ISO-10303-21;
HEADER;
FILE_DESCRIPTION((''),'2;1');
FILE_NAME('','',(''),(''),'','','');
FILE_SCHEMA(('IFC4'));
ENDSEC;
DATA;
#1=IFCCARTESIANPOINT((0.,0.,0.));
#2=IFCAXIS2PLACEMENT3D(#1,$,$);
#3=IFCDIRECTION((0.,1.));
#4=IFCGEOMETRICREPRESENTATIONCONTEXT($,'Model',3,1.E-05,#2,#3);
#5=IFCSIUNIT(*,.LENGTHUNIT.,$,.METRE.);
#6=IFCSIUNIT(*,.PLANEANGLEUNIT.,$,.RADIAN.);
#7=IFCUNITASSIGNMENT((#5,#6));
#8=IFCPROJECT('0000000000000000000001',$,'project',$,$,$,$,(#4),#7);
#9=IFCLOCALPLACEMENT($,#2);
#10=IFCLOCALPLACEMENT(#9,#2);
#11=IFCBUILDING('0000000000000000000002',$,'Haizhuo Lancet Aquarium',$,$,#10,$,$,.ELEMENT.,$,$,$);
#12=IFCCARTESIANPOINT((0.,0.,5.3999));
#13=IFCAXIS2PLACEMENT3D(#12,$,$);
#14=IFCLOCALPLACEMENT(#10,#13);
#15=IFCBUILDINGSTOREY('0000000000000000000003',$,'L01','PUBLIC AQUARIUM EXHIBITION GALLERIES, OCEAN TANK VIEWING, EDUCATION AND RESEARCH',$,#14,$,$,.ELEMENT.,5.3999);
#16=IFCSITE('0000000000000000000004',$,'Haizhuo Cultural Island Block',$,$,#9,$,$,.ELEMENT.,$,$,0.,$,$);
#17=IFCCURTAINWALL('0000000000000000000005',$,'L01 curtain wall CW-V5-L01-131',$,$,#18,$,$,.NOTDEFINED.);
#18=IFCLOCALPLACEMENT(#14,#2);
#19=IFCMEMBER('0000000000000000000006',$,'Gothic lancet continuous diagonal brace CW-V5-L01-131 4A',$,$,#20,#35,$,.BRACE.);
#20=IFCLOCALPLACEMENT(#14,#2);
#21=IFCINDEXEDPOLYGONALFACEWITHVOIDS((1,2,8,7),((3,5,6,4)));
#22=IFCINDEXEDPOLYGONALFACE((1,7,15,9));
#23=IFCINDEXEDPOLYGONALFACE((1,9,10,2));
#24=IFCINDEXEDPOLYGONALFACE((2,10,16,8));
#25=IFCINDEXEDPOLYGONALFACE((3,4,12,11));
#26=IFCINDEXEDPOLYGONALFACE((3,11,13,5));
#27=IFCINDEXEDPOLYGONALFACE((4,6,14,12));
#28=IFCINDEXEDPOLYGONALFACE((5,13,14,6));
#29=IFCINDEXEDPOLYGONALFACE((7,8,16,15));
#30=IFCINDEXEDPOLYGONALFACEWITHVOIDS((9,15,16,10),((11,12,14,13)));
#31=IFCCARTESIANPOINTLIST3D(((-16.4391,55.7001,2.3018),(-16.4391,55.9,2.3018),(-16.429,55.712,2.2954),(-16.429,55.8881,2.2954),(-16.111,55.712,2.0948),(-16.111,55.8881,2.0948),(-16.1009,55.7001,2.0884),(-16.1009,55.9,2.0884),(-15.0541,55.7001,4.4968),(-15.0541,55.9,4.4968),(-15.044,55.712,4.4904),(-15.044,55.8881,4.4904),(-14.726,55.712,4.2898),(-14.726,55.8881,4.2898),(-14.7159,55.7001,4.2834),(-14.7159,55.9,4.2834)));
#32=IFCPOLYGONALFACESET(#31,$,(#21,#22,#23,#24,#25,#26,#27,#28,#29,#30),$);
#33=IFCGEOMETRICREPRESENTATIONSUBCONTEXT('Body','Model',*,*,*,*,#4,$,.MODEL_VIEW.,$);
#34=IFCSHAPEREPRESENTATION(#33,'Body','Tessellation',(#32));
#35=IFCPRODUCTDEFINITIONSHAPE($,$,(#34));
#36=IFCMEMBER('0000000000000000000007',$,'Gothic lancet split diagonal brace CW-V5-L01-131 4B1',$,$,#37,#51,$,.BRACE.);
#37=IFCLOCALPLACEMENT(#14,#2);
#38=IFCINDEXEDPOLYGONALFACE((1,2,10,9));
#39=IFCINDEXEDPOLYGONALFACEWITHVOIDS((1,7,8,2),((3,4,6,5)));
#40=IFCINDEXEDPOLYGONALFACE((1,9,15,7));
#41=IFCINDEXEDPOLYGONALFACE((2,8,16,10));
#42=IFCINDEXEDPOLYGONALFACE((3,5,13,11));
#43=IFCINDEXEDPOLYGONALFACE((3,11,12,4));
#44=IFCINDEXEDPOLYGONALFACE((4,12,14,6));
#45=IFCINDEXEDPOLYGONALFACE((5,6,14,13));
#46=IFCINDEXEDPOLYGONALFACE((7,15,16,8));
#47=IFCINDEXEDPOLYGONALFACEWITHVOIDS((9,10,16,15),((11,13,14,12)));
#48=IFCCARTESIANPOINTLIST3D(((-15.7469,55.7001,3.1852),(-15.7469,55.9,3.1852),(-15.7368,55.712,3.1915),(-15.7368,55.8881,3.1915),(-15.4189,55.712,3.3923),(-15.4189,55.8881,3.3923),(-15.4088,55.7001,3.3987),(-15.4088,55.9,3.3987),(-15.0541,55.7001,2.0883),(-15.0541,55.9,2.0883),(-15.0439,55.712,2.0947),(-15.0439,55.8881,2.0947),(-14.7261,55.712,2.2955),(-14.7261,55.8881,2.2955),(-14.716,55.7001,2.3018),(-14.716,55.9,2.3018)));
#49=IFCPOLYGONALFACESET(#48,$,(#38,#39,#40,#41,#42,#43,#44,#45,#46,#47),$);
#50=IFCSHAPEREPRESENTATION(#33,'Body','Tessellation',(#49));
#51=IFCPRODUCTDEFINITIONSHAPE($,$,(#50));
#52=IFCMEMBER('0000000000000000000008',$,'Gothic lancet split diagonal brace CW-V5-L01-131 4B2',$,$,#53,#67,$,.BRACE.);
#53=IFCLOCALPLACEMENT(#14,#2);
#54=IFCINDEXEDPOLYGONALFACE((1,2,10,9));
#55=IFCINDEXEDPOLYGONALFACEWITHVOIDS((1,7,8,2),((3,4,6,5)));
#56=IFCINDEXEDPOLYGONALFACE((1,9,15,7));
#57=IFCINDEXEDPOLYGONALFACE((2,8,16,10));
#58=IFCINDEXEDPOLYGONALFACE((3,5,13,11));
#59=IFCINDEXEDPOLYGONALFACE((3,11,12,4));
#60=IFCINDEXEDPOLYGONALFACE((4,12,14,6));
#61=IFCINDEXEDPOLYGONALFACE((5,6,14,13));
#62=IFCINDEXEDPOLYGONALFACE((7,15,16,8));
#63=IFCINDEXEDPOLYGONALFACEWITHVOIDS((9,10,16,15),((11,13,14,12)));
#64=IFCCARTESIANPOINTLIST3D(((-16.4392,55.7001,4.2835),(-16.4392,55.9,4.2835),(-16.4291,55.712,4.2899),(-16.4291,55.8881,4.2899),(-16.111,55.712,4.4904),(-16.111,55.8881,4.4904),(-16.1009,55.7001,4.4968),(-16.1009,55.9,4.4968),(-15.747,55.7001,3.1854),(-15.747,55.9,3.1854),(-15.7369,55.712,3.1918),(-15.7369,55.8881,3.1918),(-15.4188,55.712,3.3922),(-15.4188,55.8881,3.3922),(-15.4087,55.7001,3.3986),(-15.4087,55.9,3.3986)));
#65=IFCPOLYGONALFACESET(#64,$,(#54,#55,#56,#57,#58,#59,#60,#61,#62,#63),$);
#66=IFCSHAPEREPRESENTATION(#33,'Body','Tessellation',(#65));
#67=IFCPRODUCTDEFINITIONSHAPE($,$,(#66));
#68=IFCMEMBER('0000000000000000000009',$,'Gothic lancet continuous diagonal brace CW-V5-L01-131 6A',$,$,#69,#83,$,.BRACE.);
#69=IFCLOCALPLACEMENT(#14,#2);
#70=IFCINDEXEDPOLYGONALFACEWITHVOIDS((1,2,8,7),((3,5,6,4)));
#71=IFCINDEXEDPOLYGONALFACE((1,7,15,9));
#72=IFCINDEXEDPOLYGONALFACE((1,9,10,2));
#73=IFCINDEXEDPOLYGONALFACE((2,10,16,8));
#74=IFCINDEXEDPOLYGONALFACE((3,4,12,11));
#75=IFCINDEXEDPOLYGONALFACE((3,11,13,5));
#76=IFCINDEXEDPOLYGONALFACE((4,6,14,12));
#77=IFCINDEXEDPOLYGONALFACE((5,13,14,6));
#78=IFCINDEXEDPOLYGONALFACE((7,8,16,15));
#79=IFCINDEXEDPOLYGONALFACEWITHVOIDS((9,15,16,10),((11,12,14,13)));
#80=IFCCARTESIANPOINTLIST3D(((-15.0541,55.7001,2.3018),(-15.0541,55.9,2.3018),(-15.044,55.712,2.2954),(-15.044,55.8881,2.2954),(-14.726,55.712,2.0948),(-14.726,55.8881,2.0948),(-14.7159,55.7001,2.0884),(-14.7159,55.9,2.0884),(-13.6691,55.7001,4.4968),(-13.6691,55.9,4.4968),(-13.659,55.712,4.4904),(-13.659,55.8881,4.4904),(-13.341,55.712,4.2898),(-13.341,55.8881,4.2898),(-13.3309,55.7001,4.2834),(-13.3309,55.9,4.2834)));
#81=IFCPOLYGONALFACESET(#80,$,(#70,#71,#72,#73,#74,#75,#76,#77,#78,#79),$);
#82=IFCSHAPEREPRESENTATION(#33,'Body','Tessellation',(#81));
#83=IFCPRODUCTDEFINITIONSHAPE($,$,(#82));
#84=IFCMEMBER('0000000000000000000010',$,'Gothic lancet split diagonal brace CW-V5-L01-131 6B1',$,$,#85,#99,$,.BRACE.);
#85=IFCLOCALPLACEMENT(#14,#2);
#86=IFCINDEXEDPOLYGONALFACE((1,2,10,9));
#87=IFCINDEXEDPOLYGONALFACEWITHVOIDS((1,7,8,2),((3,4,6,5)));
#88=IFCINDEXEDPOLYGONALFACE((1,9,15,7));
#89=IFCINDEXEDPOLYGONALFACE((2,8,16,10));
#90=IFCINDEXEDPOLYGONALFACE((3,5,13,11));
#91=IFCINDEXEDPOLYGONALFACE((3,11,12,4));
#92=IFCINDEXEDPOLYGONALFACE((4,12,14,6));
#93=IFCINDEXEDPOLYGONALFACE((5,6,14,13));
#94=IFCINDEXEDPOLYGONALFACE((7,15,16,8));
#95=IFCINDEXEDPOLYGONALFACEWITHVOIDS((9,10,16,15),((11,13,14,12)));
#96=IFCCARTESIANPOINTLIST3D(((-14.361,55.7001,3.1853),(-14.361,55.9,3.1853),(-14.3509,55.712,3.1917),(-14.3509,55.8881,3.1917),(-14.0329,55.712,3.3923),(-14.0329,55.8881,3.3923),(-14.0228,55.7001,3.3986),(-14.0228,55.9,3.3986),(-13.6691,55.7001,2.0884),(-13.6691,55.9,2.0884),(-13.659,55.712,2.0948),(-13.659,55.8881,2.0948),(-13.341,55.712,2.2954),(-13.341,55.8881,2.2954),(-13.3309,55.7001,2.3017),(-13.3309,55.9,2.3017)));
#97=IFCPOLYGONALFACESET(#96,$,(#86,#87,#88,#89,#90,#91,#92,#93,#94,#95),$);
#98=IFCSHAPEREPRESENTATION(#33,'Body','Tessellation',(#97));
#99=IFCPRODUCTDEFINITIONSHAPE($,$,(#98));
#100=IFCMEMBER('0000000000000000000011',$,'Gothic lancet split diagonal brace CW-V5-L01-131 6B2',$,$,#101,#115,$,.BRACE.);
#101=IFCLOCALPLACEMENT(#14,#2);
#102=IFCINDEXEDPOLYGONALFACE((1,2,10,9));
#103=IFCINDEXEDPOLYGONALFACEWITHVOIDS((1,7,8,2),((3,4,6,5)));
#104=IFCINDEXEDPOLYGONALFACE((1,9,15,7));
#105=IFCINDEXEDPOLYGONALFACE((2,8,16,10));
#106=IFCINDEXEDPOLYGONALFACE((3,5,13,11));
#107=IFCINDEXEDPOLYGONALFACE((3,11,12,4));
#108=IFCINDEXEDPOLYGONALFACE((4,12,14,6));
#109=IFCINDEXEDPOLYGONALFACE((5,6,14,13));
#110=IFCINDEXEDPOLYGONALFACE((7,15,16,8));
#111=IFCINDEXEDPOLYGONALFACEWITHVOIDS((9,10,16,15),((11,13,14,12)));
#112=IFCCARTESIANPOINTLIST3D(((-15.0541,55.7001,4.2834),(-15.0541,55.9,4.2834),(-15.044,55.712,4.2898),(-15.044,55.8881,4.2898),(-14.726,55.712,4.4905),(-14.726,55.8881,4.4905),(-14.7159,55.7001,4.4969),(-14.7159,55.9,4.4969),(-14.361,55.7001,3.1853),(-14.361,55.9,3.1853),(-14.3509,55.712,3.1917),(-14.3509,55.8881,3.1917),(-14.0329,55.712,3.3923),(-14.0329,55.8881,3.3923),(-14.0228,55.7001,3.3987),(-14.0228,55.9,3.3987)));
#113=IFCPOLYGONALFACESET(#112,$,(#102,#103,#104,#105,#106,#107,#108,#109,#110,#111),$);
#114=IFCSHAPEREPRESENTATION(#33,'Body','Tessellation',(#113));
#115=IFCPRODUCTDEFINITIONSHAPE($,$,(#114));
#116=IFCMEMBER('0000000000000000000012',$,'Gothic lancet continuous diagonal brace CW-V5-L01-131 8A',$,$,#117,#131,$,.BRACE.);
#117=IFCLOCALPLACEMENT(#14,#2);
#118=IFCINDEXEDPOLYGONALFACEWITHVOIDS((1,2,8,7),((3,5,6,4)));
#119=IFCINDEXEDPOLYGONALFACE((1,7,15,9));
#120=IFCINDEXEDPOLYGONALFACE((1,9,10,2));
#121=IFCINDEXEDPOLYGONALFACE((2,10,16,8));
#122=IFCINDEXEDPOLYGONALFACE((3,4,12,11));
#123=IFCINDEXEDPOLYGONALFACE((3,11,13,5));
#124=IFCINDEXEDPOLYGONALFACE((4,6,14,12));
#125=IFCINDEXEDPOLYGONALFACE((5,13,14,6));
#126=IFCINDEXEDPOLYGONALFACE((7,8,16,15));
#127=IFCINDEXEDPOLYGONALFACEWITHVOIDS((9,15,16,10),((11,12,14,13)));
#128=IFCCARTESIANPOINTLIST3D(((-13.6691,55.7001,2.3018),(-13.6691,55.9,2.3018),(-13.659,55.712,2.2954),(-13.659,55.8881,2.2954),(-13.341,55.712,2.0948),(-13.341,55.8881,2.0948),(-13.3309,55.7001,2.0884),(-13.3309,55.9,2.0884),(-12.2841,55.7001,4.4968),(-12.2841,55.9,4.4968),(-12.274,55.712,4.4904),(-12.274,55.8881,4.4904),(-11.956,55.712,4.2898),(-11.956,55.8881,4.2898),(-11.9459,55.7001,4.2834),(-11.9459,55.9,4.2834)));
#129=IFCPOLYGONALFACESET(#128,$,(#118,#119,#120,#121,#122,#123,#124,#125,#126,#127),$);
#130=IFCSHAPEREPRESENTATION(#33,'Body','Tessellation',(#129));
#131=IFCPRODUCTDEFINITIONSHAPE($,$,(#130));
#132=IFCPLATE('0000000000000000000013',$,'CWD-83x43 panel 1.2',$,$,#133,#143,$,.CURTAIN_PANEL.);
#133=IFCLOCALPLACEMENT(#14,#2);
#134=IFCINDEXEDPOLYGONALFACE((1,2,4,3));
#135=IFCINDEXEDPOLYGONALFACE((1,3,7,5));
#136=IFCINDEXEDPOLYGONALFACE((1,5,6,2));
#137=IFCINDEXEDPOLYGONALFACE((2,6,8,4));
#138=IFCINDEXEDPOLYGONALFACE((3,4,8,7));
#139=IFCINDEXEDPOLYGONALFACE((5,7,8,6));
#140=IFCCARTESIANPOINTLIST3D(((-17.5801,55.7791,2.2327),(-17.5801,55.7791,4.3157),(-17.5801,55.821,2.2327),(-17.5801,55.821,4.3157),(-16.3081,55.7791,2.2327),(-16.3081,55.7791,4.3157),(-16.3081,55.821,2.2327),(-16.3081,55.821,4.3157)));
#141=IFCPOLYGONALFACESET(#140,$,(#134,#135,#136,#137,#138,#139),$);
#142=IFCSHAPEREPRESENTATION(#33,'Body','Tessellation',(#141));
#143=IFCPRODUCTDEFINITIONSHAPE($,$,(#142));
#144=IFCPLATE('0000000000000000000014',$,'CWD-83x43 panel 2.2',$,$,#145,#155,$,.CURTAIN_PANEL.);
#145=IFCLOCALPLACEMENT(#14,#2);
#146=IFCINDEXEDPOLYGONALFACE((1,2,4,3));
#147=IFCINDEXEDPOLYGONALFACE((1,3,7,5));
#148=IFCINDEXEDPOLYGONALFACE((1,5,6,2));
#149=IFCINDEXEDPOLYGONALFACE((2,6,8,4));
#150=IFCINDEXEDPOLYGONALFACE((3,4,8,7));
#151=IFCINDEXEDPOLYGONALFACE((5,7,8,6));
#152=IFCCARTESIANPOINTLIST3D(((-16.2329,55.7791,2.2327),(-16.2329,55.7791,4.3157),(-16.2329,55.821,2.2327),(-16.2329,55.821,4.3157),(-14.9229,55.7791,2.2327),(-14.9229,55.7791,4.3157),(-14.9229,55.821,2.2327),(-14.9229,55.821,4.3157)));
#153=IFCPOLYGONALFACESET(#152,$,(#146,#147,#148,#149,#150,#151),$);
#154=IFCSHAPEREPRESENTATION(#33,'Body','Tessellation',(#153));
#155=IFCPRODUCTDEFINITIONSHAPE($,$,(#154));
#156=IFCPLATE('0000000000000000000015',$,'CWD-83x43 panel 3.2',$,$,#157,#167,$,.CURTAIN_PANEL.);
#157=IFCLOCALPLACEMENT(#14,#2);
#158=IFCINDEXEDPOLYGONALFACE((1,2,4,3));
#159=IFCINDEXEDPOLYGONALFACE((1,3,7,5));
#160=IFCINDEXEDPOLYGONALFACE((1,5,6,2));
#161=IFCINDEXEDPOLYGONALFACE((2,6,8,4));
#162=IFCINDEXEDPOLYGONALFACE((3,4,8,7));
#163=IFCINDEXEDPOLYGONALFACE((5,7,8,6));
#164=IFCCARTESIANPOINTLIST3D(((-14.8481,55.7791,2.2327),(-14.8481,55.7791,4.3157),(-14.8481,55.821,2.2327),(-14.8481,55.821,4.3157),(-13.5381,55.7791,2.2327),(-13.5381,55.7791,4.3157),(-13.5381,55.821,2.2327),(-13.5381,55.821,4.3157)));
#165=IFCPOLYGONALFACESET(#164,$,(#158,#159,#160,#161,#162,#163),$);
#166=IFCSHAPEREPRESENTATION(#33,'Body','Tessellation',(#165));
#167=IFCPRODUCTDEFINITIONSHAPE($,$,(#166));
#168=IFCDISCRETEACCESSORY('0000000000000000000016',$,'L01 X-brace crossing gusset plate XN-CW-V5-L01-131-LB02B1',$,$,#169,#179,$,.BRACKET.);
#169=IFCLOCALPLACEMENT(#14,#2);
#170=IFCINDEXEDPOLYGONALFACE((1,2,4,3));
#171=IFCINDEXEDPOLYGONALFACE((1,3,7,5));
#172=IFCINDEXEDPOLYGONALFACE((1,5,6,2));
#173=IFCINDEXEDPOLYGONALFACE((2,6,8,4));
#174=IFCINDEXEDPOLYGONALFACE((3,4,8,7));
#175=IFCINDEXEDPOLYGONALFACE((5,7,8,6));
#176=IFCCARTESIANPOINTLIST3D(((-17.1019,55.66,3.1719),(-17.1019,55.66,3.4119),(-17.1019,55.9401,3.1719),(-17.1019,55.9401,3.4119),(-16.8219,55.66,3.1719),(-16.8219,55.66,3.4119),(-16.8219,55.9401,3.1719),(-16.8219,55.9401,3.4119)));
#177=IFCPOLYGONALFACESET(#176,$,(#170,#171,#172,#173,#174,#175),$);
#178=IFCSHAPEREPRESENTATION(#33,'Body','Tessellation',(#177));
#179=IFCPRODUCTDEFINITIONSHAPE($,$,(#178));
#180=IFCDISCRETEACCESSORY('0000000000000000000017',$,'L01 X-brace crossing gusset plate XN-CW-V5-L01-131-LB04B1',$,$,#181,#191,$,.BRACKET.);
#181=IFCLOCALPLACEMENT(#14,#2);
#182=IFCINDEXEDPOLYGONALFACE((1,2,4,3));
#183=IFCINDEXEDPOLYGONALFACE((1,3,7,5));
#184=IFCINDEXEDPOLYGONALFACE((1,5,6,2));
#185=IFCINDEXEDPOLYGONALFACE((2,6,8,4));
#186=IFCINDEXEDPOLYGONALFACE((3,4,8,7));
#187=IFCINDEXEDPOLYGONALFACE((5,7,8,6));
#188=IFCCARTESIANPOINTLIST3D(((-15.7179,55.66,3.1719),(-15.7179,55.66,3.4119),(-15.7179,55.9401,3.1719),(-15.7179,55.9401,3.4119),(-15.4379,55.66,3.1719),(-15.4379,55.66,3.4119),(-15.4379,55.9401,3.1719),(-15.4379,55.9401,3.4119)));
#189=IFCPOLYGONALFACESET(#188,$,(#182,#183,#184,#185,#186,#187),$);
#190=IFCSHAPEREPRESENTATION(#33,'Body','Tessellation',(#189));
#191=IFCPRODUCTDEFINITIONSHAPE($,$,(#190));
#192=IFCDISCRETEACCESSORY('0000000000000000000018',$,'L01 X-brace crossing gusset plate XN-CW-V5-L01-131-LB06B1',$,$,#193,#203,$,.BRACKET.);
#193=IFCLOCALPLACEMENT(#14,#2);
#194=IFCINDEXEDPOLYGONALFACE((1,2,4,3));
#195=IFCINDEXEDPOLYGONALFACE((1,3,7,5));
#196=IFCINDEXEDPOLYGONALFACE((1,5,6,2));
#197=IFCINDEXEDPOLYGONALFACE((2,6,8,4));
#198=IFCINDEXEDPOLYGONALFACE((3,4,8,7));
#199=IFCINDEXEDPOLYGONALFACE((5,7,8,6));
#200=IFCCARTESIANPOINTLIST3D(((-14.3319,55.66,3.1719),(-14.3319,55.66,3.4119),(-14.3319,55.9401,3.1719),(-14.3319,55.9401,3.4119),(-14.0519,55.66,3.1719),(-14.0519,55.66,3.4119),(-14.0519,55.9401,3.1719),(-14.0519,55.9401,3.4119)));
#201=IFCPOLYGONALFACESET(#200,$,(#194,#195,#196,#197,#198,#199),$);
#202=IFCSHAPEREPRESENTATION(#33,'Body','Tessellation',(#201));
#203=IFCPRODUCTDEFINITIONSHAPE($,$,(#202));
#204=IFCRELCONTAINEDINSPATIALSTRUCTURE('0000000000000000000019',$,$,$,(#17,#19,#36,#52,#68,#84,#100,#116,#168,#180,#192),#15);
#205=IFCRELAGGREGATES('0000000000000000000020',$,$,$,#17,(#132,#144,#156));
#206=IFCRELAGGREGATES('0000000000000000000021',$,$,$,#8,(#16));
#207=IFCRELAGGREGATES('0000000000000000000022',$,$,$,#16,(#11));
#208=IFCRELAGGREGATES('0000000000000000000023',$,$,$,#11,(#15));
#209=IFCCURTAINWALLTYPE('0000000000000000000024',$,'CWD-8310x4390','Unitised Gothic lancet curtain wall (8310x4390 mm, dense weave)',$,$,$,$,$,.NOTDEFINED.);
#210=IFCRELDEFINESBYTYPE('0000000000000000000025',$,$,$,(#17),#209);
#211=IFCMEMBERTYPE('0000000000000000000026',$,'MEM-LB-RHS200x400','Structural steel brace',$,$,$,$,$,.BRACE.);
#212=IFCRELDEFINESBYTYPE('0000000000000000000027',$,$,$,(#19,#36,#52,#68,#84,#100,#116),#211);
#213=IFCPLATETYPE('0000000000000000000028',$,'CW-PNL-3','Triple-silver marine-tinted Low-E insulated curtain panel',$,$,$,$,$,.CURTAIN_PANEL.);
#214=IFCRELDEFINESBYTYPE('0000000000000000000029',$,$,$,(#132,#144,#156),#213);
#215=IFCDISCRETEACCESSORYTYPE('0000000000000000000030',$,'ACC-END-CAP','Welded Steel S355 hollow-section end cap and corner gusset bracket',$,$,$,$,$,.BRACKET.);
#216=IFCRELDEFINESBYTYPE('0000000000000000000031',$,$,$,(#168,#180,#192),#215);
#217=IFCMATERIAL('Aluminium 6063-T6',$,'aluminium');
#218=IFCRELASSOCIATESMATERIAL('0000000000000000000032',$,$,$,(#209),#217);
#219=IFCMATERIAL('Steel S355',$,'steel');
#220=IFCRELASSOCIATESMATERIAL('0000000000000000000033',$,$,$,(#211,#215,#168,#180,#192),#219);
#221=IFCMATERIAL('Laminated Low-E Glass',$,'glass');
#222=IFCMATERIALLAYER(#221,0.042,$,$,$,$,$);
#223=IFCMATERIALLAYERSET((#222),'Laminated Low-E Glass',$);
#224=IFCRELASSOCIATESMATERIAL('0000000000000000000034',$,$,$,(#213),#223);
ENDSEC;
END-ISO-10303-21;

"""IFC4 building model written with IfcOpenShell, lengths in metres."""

from ifc_helpers import new_model, si_unit, direction, frame, origin, origin_2d, place, context, subcontext, project, spatial, rectangle, hollow_rectangle, extrude, material, layer, layer_set, material_profile, profile_set, type_object, element, aggregate, save


model = new_model("IFC4")

# Units and contexts
model_context = context("Model", 3, precision=1e-05, world=origin(), true_north=direction((0.0, 1.0)))
body_context = subcontext(model_context, "Body", "Model", "MODEL_VIEW")
ifc_project = project(units=[si_unit("LENGTHUNIT", "METRE"), si_unit("PLANEANGLEUNIT", "RADIAN")], contexts=[model_context])

# Site, building, storey
site_placement = place(None, origin())
site = spatial("IfcSite", under=ifc_project, at=site_placement, Name="Haizhuo Cultural Island Block", CompositionType="ELEMENT", RefElevation=0.0)
building_placement = place(site_placement, origin())
building = spatial("IfcBuilding", under=site, at=building_placement, Name="Haizhuo Lancet Aquarium", CompositionType="ELEMENT")
storey_placement = place(building_placement, frame((0.0, 0.0, 5.3999)))
storey = spatial("IfcBuildingStorey", under=building, at=storey_placement, Name="L01", Description="PUBLIC AQUARIUM EXHIBITION GALLERIES, OCEAN TANK VIEWING, EDUCATION AND RESEARCH", CompositionType="ELEMENT", Elevation=5.3999)

# Curtain wall
ifc_material_1 = material(Name="Aluminium 6063-T6", Category="aluminium")
curtain_wall_type = type_object("IfcCurtainWallType", Name="CWD-8310x4390", Description="Unitised Gothic lancet curtain wall (8310x4390 mm, dense weave)", PredefinedType="NOTDEFINED", material=ifc_material_1)
curtain_wall_placement = place(storey_placement, origin())
curtain_wall = element("IfcCurtainWall", 1, at=curtain_wall_placement, inside=storey, type_object=curtain_wall_type, Name="L01 curtain wall CW-V5-L01-131", PredefinedType="NOTDEFINED")

# Members
ifc_material_2 = material(Name="Steel S355", Category="steel")
ifc_material_profile_1 = material_profile(ifc_material_2, hollow_rectangle(XDim=0.2, YDim=0.3999, WallThickness=0.012, at=origin_2d()), Name="RHS 200x400x12")
ifc_profile_set_1 = profile_set([ifc_material_profile_1], Name="Steel S355")
member_type_1 = type_object("IfcMemberType", Name="MEM-LB-RHS200x400", Description="Structural steel brace", PredefinedType="BRACE", material=ifc_profile_set_1)
member_1_placement = place(storey_placement, frame((-16.27, 55.8, 2.1951), z_axis=(0.533621, 0.0, 0.845724), x_axis=(0.0, 1.0, 0.0)))
element("IfcMember", 2, at=member_1_placement, inside=storey, type_object=member_type_1, Name="Gothic lancet continuous diagonal brace CW-V5-L01-131 4A", PredefinedType="BRACE", context=body_context, shape_type="SweptSolid", body=[
    extrude(hollow_rectangle(XDim=0.2, YDim=0.3999, WallThickness=0.012, at=origin_2d()), origin(), (0.0, 0.0, 1.0), 2.5955),
])
member_2_placement = place(storey_placement, frame((-14.885, 55.8, 2.1951), z_axis=(-0.534035, 0.0, 0.845462), x_axis=(0.0, -1.0, 0.0)))
element("IfcMember", 3, at=member_2_placement, inside=storey, type_object=member_type_1, Name="Gothic lancet split diagonal brace CW-V5-L01-131 4B1", PredefinedType="BRACE", context=body_context, shape_type="SweptSolid", body=[
    extrude(hollow_rectangle(XDim=0.2, YDim=0.3999, WallThickness=0.012, at=origin_2d()), origin(), (0.0, 0.0, 1.0), 1.2974),
])
member_3_placement = place(storey_placement, frame((-15.5779, 55.8, 3.292), z_axis=(-0.533207, 0.0, 0.845985), x_axis=(0.0, -1.0, 0.0)))
element("IfcMember", 4, at=member_3_placement, inside=storey, type_object=member_type_1, Name="Gothic lancet split diagonal brace CW-V5-L01-131 4B2", PredefinedType="BRACE", context=body_context, shape_type="SweptSolid", body=[
    extrude(hollow_rectangle(XDim=0.2, YDim=0.3999, WallThickness=0.012, at=origin_2d()), origin(), (0.0, 0.0, 1.0), 1.2981),
])
member_4_placement = place(storey_placement, frame((-14.885, 55.8, 2.1951), z_axis=(0.533621, 0.0, 0.845724), x_axis=(0.0, 1.0, 0.0)))
element("IfcMember", 5, at=member_4_placement, inside=storey, type_object=member_type_1, Name="Gothic lancet continuous diagonal brace CW-V5-L01-131 6A", PredefinedType="BRACE", context=body_context, shape_type="SweptSolid", body=[
    extrude(hollow_rectangle(XDim=0.2, YDim=0.3999, WallThickness=0.012, at=origin_2d()), origin(), (0.0, 0.0, 1.0), 2.5955),
])
member_5_placement = place(storey_placement, frame((-13.5, 55.8, 2.1951), z_axis=(-0.533497, 0.0, 0.845802), x_axis=(0.0, -1.0, 0.0)))
element("IfcMember", 6, at=member_5_placement, inside=storey, type_object=member_type_1, Name="Gothic lancet split diagonal brace CW-V5-L01-131 6B1", PredefinedType="BRACE", context=body_context, shape_type="SweptSolid", body=[
    extrude(hollow_rectangle(XDim=0.2, YDim=0.3999, WallThickness=0.012, at=origin_2d()), origin(), (0.0, 0.0, 1.0), 1.2969),
])
member_6_placement = place(storey_placement, frame((-14.1919, 55.8, 3.292), z_axis=(-0.533745, 0.0, 0.845645), x_axis=(0.0, -1.0, 0.0)))
element("IfcMember", 7, at=member_6_placement, inside=storey, type_object=member_type_1, Name="Gothic lancet split diagonal brace CW-V5-L01-131 6B2", PredefinedType="BRACE", context=body_context, shape_type="SweptSolid", body=[
    extrude(hollow_rectangle(XDim=0.2, YDim=0.3999, WallThickness=0.012, at=origin_2d()), origin(), (0.0, 0.0, 1.0), 1.2986),
])
member_7_placement = place(storey_placement, frame((-13.5, 55.8, 2.1951), z_axis=(0.533621, 0.0, 0.845724), x_axis=(0.0, 1.0, 0.0)))
element("IfcMember", 8, at=member_7_placement, inside=storey, type_object=member_type_1, Name="Gothic lancet continuous diagonal brace CW-V5-L01-131 8A", PredefinedType="BRACE", context=body_context, shape_type="SweptSolid", body=[
    extrude(hollow_rectangle(XDim=0.2, YDim=0.3999, WallThickness=0.012, at=origin_2d()), origin(), (0.0, 0.0, 1.0), 2.5955),
])

# Plates
ifc_material_3 = material(Name="Laminated Low-E Glass", Category="glass")
ifc_layer = layer(ifc_material_3, 0.042)
ifc_layer_set = layer_set([ifc_layer], Name="Laminated Low-E Glass")
plate_type = type_object("IfcPlateType", Name="CW-PNL-3", Description="Triple-silver marine-tinted Low-E insulated curtain panel", PredefinedType="CURTAIN_PANEL", material=ifc_layer_set)
plate_1_placement = place(storey_placement, frame((-16.9441, 55.8, 2.2327), z_axis=(0.0, 0.0, 1.0), x_axis=(1.0, 0.0, 0.0)))
plate_1 = element("IfcPlate", 9, at=plate_1_placement, type_object=plate_type, Name="CWD-83x43 panel 1.2", PredefinedType="CURTAIN_PANEL", context=body_context, shape_type="SweptSolid", body=[
    extrude(rectangle(XDim=1.272, YDim=0.042, at=origin_2d()), origin(), (0.0, 0.0, 1.0), 2.083),
])
plate_2_placement = place(storey_placement, frame((-15.5779, 55.8, 2.2327), z_axis=(0.0, 0.0, 1.0), x_axis=(1.0, 0.0, 0.0)))
plate_2 = element("IfcPlate", 10, at=plate_2_placement, type_object=plate_type, Name="CWD-83x43 panel 2.2", PredefinedType="CURTAIN_PANEL", context=body_context, shape_type="SweptSolid", body=[
    extrude(rectangle(XDim=1.3101, YDim=0.042, at=origin_2d()), origin(), (0.0, 0.0, 1.0), 2.083),
])
plate_3_placement = place(storey_placement, frame((-14.1931, 55.8, 2.2327), z_axis=(0.0, 0.0, 1.0), x_axis=(1.0, 0.0, 0.0)))
plate_3 = element("IfcPlate", 11, at=plate_3_placement, type_object=plate_type, Name="CWD-83x43 panel 3.2", PredefinedType="CURTAIN_PANEL", context=body_context, shape_type="SweptSolid", body=[
    extrude(rectangle(XDim=1.3101, YDim=0.042, at=origin_2d()), origin(), (0.0, 0.0, 1.0), 2.083),
])
aggregate(curtain_wall, [plate_1, plate_2, plate_3])

# Discrete accessories
discrete_accessory_type = type_object("IfcDiscreteAccessoryType", Name="ACC-END-CAP", Description="Welded Steel S355 hollow-section end cap and corner gusset bracket", PredefinedType="BRACKET", material=ifc_material_2)
for number, where, z_axis, x_axis, name in (
    (12, (-16.9619, 55.8, 3.1719), (0.0, 0.0, 1.0), (1.0, 0.0, 0.0), "L01 X-brace crossing gusset plate XN-CW-V5-L01-131-LB02B1"),
    (13, (-15.5779, 55.8, 3.1719), (0.0, 0.0, 1.0), (1.0, 0.0, 0.0), "L01 X-brace crossing gusset plate XN-CW-V5-L01-131-LB04B1"),
    (14, (-14.1919, 55.8, 3.1719), (0.0, 0.0, 1.0), (1.0, 0.0, 0.0), "L01 X-brace crossing gusset plate XN-CW-V5-L01-131-LB06B1"),
):
    element("IfcDiscreteAccessory", number, at=place(storey_placement, frame(where, z_axis=z_axis, x_axis=x_axis)), inside=storey, type_object=discrete_accessory_type, material=ifc_material_2, Name=name, PredefinedType="BRACKET", context=body_context, shape_type="SweptSolid", body=[
        extrude(rectangle(XDim=0.28, YDim=0.28, at=origin_2d()), origin(), (0.0, 0.0, 1.0), 0.24),
    ])

save(model, "model.ifc")
